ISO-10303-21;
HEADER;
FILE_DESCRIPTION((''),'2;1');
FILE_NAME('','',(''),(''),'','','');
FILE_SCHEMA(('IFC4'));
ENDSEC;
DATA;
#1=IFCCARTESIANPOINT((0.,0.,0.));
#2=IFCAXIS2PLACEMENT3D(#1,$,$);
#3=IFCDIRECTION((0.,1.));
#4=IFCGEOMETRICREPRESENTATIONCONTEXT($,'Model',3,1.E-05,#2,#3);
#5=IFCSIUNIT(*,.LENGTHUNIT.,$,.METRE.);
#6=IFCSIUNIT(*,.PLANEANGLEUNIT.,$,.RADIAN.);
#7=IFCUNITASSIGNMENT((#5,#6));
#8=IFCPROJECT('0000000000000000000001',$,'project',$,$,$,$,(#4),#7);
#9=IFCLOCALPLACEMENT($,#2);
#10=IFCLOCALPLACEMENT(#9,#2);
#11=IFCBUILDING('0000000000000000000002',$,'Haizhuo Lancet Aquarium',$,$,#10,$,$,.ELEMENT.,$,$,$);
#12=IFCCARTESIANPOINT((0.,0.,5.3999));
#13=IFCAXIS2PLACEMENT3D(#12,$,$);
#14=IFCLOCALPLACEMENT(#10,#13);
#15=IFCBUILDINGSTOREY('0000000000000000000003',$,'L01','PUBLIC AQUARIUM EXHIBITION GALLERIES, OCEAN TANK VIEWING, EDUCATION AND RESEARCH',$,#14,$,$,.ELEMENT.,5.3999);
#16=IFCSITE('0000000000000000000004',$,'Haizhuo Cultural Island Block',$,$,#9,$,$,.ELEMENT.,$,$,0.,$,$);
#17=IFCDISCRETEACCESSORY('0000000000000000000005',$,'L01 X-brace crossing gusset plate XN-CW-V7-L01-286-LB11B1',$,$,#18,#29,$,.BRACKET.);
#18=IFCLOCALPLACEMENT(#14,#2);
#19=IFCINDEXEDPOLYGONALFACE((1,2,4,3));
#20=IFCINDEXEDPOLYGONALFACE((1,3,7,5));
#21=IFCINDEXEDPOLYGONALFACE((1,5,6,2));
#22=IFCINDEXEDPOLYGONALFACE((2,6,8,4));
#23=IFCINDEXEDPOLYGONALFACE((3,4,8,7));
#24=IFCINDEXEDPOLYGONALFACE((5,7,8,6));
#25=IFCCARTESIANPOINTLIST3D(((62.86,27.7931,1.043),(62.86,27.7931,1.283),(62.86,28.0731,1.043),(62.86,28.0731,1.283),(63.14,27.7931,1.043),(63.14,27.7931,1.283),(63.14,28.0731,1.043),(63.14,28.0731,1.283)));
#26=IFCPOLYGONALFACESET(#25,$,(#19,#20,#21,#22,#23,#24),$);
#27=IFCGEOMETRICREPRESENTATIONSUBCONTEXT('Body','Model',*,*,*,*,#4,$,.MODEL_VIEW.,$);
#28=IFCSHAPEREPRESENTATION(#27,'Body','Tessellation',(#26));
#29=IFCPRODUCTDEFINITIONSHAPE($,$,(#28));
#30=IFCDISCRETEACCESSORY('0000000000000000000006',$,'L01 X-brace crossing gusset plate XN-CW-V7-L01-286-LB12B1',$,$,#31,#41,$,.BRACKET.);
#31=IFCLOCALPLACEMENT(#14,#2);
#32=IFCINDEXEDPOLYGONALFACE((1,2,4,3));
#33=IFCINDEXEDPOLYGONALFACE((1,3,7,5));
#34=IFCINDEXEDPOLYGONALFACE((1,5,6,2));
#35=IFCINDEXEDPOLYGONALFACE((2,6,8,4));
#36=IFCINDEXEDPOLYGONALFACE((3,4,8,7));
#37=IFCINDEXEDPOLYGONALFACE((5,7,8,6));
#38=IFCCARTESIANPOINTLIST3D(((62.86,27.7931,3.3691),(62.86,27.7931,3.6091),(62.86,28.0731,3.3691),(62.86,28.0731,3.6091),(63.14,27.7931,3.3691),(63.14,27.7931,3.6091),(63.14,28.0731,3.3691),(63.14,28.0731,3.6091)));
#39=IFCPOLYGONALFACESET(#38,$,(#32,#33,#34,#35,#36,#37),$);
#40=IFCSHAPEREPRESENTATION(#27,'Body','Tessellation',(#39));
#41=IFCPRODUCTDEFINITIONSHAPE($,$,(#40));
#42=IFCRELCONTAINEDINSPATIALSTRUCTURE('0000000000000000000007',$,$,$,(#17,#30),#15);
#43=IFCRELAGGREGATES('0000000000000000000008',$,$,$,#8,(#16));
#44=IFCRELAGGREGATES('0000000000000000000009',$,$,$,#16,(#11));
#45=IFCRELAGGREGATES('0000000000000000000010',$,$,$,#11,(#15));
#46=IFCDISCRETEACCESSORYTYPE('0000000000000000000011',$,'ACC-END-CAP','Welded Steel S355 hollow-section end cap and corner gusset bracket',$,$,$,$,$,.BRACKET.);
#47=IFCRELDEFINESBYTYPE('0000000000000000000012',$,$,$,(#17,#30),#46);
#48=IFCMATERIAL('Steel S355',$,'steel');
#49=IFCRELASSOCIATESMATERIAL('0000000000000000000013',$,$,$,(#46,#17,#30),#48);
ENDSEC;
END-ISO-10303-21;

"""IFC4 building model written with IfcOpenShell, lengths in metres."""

from ifc_helpers import new_model, si_unit, direction, frame, origin, origin_2d, place, context, subcontext, project, spatial, rectangle, extrude, material, type_object, element, save


model = new_model("IFC4")

# Units and contexts
model_context = context("Model", 3, precision=1e-05, world=origin(), true_north=direction((0.0, 1.0)))
body_context = subcontext(model_context, "Body", "Model", "MODEL_VIEW")
ifc_project = project(units=[si_unit("LENGTHUNIT", "METRE"), si_unit("PLANEANGLEUNIT", "RADIAN")], contexts=[model_context])

# Site, building, storey
site_placement = place(None, origin())
site = spatial("IfcSite", under=ifc_project, at=site_placement, Name="Haizhuo Cultural Island Block", CompositionType="ELEMENT", RefElevation=0.0)
building_placement = place(site_placement, origin())
building = spatial("IfcBuilding", under=site, at=building_placement, Name="Haizhuo Lancet Aquarium", CompositionType="ELEMENT")
storey_placement = place(building_placement, frame((0.0, 0.0, 5.3999)))
storey = spatial("IfcBuildingStorey", under=building, at=storey_placement, Name="L01", Description="PUBLIC AQUARIUM EXHIBITION GALLERIES, OCEAN TANK VIEWING, EDUCATION AND RESEARCH", CompositionType="ELEMENT", Elevation=5.3999)

# Shared definitions
ifc_material_1 = material(Name="Steel S355", Category="steel")

# Discrete accessories
discrete_accessory_type = type_object("IfcDiscreteAccessoryType", Name="ACC-END-CAP", Description="Welded Steel S355 hollow-section end cap and corner gusset bracket", PredefinedType="BRACKET", material=ifc_material_1)
for number, where, z_axis, x_axis, name in (
    (1, (63.0, 27.9331, 1.043), (0.0, 0.0, 1.0), (1.0, 0.0, 0.0), "L01 X-brace crossing gusset plate XN-CW-V7-L01-286-LB11B1"),
    (2, (63.0, 27.9331, 3.3691), (0.0, 0.0, 1.0), (1.0, 0.0, 0.0), "L01 X-brace crossing gusset plate XN-CW-V7-L01-286-LB12B1"),
):
    element("IfcDiscreteAccessory", number, at=place(storey_placement, frame(where, z_axis=z_axis, x_axis=x_axis)), inside=storey, type_object=discrete_accessory_type, material=ifc_material_1, Name=name, PredefinedType="BRACKET", context=body_context, shape_type="SweptSolid", body=[
        extrude(rectangle(XDim=0.28, YDim=0.28, at=origin_2d()), origin(), (0.0, 0.0, 1.0), 0.24),
    ])

save(model, "model.ifc")
